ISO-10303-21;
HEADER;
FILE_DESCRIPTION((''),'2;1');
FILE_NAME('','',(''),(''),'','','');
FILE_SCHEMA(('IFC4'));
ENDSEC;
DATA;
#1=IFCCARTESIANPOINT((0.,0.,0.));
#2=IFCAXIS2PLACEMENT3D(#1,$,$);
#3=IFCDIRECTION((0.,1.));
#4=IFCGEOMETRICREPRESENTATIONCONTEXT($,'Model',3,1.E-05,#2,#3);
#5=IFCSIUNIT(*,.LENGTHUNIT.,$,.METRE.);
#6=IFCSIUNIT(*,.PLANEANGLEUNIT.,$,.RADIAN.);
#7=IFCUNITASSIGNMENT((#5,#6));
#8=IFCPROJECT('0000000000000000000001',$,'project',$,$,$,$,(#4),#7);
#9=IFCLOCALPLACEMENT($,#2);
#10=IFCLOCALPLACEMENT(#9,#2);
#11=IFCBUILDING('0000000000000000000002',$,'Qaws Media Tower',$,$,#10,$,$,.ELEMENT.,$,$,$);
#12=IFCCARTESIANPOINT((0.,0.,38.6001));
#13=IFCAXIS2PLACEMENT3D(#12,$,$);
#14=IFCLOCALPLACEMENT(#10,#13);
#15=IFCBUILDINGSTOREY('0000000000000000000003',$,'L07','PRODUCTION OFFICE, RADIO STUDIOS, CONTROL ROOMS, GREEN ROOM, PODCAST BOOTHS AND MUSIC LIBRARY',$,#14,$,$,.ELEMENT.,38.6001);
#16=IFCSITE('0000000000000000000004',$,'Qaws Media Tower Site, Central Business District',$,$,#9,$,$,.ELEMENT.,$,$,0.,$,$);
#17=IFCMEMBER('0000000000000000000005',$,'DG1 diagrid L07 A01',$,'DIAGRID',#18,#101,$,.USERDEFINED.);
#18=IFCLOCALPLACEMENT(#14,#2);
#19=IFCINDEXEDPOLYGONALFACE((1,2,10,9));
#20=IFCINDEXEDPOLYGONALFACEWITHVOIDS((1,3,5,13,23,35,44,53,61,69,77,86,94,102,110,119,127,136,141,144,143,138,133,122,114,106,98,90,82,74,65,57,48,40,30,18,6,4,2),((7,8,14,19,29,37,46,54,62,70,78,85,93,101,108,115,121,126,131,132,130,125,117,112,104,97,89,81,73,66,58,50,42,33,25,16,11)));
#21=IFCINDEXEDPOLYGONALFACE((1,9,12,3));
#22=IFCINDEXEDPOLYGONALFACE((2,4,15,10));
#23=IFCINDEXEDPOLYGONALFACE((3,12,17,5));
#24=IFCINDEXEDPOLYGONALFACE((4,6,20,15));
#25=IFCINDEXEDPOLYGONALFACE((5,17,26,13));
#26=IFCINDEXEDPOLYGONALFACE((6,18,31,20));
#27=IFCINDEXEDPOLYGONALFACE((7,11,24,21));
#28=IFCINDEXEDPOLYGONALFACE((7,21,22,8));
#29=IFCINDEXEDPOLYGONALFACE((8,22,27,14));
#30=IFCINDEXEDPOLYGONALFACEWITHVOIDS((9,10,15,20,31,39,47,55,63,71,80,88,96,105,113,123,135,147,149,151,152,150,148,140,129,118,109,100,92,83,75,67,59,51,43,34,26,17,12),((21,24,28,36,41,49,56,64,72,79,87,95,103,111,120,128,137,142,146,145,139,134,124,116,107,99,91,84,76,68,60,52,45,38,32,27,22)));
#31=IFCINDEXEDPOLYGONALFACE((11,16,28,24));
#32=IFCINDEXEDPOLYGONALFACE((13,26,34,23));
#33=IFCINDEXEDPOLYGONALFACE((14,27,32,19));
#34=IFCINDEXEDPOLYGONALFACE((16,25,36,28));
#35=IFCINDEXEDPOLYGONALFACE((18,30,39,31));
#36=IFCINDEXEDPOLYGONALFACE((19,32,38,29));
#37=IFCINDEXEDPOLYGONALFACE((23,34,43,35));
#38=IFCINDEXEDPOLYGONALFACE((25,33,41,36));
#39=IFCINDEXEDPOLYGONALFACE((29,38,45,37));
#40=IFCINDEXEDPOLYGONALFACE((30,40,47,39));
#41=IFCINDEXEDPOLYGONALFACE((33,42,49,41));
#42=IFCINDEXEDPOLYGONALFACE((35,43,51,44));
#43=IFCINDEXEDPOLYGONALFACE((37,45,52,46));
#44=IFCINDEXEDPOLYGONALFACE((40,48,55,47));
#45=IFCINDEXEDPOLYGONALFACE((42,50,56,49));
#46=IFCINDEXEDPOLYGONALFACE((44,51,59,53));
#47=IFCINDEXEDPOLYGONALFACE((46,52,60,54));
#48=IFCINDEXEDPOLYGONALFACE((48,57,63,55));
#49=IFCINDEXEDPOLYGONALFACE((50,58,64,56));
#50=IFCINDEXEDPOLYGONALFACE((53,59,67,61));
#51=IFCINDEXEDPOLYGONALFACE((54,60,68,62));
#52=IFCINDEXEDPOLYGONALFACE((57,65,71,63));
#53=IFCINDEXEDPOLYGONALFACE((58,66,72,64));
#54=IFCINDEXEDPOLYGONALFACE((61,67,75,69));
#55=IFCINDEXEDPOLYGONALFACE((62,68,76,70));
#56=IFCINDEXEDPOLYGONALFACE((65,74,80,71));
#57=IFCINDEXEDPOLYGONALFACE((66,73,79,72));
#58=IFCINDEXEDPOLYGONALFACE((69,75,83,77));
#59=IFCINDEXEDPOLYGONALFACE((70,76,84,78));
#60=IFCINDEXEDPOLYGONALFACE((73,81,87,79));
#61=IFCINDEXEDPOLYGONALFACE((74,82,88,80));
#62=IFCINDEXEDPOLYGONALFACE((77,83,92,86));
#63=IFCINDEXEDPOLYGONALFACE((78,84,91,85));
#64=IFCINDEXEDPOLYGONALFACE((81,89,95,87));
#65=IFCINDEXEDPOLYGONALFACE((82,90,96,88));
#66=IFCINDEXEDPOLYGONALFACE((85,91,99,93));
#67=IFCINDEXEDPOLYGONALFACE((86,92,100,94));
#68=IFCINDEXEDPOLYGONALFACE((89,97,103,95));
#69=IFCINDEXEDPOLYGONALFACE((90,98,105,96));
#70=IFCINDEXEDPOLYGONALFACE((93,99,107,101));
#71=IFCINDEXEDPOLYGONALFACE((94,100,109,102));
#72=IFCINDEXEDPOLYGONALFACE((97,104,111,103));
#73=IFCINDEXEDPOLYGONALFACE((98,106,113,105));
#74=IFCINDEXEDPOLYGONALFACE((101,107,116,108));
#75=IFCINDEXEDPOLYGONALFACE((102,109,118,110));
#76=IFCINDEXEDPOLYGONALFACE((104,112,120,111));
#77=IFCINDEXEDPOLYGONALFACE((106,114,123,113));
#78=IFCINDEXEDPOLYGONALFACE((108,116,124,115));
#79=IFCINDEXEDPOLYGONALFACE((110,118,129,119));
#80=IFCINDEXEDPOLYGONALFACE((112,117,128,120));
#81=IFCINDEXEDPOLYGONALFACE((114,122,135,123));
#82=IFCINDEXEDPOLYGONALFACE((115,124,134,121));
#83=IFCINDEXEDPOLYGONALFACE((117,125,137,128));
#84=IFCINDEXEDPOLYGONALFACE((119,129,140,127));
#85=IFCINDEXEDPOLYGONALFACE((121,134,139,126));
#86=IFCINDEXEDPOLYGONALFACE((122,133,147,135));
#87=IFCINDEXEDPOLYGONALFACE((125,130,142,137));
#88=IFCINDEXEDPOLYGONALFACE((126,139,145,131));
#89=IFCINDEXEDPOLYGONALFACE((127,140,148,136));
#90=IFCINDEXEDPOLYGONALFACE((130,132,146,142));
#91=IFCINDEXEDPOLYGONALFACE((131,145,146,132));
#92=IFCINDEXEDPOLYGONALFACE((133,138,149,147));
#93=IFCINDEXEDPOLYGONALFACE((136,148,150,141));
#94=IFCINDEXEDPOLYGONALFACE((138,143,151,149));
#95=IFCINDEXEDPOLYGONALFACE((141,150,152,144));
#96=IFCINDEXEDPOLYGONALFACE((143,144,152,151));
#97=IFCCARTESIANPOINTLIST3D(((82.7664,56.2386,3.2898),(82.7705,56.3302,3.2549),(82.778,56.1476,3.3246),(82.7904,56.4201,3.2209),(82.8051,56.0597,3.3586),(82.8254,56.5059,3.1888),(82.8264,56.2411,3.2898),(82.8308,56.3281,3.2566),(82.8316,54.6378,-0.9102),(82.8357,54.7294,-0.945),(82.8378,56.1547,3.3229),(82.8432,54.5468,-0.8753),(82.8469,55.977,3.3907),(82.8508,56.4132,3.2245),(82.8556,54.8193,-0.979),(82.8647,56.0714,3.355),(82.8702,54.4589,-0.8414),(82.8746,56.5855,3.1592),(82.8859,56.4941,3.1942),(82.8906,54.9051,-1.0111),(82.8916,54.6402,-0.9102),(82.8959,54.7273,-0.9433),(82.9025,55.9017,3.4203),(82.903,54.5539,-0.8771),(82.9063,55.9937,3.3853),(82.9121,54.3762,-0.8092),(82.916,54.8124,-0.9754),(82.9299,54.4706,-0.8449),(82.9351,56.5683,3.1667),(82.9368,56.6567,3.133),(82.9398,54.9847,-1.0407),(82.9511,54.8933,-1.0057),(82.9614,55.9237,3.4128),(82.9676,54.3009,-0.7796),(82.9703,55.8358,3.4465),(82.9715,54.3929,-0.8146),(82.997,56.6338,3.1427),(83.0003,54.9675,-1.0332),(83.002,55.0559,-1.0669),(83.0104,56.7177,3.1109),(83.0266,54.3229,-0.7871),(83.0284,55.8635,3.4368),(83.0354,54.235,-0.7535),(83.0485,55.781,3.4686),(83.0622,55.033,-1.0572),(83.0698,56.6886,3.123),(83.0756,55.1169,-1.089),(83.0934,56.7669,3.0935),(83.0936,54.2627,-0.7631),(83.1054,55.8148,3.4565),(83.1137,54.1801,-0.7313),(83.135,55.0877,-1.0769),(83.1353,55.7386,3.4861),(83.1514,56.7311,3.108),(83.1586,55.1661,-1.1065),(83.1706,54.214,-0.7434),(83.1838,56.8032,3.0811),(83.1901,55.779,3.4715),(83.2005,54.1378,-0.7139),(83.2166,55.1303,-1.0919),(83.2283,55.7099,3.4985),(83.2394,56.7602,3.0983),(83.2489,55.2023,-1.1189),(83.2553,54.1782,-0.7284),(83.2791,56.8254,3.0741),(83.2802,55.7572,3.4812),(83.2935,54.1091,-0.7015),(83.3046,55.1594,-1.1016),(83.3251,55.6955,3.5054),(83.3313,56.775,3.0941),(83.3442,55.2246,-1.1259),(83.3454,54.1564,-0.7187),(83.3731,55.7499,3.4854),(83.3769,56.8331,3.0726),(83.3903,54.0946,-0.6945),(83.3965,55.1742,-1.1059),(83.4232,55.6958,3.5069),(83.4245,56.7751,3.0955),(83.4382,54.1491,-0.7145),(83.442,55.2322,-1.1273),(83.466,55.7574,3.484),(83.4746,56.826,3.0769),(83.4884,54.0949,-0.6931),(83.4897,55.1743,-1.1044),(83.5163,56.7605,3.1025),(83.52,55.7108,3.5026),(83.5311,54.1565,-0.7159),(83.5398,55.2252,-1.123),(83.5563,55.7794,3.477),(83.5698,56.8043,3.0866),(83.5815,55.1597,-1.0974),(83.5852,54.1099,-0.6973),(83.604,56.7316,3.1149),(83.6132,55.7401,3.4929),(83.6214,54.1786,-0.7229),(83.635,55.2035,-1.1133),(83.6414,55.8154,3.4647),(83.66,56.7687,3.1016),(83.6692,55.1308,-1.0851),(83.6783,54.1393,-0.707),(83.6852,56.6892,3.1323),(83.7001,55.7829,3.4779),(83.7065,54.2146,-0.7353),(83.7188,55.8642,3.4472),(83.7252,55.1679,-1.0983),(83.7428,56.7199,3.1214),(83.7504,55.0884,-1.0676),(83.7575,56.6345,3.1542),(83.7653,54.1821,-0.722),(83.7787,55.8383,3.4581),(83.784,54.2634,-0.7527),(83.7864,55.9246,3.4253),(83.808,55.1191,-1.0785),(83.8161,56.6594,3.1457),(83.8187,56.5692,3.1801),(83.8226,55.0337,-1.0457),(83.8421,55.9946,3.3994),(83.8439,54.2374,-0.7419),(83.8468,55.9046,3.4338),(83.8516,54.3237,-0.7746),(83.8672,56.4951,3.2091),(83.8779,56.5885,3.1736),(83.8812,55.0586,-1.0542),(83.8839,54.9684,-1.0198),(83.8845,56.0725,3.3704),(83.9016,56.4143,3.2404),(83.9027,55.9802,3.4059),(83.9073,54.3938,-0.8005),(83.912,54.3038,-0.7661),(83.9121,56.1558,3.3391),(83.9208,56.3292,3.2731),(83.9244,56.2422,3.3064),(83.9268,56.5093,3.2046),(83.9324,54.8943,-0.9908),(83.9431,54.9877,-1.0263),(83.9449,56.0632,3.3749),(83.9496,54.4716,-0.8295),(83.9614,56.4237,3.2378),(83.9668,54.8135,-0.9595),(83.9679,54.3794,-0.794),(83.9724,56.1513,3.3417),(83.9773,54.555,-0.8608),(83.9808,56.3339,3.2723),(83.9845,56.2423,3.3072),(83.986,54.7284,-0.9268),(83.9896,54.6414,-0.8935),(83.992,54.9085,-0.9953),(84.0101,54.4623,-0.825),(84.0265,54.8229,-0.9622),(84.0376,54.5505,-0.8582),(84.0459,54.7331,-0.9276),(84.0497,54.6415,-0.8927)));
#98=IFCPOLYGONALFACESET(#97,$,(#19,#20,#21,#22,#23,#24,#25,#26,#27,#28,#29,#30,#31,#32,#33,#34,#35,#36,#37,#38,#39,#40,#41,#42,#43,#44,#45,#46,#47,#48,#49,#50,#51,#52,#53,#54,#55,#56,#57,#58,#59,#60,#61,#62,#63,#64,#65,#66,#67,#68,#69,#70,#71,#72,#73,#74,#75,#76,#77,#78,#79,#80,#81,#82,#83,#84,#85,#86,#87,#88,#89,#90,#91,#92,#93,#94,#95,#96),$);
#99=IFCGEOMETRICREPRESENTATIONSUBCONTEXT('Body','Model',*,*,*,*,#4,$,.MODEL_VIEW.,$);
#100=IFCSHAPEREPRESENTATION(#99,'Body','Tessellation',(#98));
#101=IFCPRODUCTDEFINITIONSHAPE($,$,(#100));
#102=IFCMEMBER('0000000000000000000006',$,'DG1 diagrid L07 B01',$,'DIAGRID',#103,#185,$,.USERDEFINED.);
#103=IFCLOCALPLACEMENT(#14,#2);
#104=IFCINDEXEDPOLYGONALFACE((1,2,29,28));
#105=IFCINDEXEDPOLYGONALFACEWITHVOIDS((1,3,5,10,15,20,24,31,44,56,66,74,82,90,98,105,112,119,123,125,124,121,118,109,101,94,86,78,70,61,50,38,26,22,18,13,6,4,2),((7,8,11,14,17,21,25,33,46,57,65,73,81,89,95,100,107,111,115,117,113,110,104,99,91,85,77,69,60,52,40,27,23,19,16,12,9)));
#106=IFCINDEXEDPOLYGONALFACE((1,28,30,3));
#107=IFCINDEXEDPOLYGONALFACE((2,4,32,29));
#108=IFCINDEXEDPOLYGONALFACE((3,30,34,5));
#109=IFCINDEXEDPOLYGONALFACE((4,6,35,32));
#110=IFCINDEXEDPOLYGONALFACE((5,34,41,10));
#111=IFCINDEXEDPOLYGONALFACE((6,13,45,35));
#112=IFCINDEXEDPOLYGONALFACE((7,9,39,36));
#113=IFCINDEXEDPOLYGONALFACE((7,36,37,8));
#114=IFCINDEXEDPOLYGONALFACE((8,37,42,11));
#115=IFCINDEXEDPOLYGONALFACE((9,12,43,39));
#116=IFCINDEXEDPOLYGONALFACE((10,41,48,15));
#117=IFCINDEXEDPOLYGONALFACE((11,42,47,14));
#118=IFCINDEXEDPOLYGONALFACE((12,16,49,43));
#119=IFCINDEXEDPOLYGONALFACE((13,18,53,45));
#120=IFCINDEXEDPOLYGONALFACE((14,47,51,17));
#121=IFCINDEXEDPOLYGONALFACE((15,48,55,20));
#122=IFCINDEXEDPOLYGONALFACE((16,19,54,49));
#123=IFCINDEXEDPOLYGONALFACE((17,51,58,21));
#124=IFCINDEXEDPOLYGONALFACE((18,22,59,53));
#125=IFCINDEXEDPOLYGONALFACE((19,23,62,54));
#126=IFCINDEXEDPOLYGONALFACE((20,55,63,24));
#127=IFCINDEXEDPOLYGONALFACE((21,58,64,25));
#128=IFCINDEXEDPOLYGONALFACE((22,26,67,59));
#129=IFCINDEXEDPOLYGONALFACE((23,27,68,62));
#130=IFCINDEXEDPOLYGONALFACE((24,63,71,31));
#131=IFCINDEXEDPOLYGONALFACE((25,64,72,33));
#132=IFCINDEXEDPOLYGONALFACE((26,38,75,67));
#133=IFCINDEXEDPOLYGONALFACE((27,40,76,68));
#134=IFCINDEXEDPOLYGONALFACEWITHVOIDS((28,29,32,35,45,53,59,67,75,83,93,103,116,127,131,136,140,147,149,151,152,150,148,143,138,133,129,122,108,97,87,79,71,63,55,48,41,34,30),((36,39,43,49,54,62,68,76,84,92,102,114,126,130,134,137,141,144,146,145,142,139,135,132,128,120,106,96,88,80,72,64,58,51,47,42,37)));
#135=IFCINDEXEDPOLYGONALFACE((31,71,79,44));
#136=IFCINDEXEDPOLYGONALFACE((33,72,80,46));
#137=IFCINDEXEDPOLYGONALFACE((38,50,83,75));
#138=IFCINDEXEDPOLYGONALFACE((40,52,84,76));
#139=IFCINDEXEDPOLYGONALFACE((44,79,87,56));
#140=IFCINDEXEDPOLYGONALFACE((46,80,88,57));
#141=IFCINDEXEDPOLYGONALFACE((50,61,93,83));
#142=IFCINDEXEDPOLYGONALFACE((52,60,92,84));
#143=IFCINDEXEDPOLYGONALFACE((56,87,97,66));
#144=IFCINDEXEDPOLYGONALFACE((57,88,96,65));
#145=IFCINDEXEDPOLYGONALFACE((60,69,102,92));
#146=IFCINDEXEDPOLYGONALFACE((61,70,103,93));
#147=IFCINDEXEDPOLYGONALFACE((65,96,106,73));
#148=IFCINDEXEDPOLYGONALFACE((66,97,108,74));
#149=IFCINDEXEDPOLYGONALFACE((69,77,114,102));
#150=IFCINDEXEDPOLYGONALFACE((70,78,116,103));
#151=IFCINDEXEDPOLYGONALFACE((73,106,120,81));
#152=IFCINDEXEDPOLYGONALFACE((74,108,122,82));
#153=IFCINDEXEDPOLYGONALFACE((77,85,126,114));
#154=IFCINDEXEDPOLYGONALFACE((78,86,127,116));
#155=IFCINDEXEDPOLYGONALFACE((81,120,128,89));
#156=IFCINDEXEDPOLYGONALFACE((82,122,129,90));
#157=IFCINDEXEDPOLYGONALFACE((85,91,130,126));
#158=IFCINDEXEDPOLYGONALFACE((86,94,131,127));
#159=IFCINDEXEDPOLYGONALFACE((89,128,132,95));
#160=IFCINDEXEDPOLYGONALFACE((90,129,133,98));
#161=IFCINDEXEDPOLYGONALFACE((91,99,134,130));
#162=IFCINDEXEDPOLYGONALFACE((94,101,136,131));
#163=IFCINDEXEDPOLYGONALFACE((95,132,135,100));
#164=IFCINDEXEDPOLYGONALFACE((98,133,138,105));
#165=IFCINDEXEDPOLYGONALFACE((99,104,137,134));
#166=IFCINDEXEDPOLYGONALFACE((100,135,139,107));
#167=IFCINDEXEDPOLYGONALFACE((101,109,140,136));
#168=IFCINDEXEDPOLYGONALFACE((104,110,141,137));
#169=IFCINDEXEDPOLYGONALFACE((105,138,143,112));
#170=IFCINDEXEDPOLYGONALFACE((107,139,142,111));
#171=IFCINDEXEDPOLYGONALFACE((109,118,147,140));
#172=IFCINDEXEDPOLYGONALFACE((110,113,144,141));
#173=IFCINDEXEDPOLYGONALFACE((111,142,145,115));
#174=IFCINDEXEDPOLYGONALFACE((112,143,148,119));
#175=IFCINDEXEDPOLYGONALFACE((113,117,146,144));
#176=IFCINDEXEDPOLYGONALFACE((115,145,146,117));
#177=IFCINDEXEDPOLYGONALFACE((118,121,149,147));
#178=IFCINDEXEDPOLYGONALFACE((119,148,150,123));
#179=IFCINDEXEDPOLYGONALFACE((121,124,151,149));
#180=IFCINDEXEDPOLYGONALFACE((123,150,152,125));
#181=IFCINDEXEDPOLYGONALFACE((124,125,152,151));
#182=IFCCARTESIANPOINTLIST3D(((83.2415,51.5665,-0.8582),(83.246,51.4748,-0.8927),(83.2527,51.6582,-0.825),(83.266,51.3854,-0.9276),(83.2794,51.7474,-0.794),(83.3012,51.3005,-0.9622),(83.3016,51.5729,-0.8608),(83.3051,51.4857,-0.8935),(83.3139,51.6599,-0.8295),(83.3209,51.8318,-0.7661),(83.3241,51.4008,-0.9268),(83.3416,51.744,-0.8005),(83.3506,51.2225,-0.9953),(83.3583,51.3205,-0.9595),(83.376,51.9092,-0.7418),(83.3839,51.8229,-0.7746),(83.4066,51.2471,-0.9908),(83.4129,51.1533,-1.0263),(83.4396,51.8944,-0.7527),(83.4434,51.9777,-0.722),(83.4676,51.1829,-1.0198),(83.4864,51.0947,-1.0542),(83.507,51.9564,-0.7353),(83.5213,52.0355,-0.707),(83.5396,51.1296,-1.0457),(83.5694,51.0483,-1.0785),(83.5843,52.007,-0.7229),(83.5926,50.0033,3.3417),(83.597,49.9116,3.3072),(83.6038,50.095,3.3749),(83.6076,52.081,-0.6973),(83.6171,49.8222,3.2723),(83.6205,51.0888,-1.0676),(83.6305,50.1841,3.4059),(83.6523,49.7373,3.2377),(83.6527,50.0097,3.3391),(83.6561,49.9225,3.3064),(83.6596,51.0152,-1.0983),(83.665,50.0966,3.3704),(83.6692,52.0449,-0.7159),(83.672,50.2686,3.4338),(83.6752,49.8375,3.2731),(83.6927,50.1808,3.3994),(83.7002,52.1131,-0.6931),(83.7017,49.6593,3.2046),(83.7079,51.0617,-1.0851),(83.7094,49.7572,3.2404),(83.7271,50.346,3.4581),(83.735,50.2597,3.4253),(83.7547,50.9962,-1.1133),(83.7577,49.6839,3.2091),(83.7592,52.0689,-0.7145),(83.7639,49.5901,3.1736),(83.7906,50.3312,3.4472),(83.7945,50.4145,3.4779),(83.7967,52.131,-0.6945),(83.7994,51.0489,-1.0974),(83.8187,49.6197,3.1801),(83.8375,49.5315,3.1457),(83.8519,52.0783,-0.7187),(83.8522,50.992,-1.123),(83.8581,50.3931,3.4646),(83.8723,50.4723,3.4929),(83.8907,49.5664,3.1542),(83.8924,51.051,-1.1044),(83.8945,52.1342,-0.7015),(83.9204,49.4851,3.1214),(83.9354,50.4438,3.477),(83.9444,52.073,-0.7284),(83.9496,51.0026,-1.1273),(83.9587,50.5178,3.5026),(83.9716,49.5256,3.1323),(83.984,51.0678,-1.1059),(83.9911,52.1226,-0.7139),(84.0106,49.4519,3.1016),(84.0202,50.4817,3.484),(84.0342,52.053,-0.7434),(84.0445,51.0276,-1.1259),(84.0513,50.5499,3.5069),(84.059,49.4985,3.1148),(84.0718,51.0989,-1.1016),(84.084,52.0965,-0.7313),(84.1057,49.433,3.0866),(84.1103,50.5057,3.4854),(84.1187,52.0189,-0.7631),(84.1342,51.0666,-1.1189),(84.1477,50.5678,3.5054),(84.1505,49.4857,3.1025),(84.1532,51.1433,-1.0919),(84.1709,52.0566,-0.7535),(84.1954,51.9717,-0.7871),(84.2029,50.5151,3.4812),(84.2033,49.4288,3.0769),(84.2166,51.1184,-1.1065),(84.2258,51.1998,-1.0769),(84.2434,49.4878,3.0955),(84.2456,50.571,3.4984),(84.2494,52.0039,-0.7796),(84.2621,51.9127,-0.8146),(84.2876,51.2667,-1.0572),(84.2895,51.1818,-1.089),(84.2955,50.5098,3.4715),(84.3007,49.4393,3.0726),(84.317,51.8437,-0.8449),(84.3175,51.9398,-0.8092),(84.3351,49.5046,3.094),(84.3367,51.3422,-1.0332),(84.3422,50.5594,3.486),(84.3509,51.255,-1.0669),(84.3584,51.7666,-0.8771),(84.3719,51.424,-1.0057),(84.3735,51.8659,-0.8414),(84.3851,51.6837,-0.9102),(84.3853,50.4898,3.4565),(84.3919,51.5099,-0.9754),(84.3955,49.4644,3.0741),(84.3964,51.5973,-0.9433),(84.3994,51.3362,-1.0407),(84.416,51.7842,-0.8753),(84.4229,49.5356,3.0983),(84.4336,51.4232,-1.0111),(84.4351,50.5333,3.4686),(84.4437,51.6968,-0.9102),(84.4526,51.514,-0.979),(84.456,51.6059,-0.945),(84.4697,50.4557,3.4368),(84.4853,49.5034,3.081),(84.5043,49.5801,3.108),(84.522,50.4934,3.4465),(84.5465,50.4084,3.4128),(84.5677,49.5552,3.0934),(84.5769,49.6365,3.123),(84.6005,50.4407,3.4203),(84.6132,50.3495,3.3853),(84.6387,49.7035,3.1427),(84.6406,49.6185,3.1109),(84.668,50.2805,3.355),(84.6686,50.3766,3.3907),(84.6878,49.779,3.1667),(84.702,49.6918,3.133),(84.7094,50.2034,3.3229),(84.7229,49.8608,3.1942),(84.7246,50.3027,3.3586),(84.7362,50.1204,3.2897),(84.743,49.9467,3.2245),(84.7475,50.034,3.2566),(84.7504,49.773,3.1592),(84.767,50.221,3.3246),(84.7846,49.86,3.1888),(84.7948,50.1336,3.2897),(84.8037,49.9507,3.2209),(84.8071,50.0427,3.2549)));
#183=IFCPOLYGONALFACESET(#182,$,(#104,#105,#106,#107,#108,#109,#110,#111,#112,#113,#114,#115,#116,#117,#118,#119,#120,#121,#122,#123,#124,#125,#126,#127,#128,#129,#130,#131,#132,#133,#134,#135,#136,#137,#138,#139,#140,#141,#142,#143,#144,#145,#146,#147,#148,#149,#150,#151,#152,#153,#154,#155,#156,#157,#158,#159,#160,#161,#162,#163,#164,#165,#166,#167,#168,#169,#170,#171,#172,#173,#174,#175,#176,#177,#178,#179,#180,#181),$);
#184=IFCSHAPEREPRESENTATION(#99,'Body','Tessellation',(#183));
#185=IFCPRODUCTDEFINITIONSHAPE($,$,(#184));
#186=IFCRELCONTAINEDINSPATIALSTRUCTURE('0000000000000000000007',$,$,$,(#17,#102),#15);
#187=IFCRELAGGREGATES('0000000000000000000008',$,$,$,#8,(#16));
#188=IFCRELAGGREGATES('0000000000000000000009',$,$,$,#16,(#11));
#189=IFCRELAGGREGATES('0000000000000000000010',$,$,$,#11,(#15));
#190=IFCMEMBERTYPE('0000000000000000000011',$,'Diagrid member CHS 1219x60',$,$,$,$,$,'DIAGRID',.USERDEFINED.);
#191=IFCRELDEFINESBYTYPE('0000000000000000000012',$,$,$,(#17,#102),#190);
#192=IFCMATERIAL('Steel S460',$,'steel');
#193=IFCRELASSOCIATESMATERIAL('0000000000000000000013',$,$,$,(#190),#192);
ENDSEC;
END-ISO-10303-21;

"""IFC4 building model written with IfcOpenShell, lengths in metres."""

from ifc_helpers import new_model, si_unit, direction, frame, origin, origin_2d, place, context, subcontext, project, spatial, hollow_circle, extrude, material, material_profile, profile_set, type_object, element, save


model = new_model("IFC4")

# Units and contexts
model_context = context("Model", 3, precision=1e-05, world=origin(), true_north=direction((0.0, 1.0)))
body_context = subcontext(model_context, "Body", "Model", "MODEL_VIEW")
ifc_project = project(units=[si_unit("LENGTHUNIT", "METRE"), si_unit("PLANEANGLEUNIT", "RADIAN")], contexts=[model_context])

# Site, building, storey
site_placement = place(None, origin())
site = spatial("IfcSite", under=ifc_project, at=site_placement, Name="Qaws Media Tower Site, Central Business District", CompositionType="ELEMENT", RefElevation=0.0)
building_placement = place(site_placement, origin())
building = spatial("IfcBuilding", under=site, at=building_placement, Name="Qaws Media Tower", CompositionType="ELEMENT")
storey_placement = place(building_placement, frame((0.0, 0.0, 38.6001)))
storey = spatial("IfcBuildingStorey", under=building, at=storey_placement, Name="L07", Description="PRODUCTION OFFICE, RADIO STUDIOS, CONTROL ROOMS, GREEN ROOM, PODCAST BOOTHS AND MUSIC LIBRARY", CompositionType="ELEMENT", Elevation=38.6001)

# Members
ifc_material_1 = material(Name="Steel S460", Category="steel")
ifc_material_profile_1 = material_profile(ifc_material_1, hollow_circle(Radius=0.6096, WallThickness=0.0601, at=origin_2d()), Name="CHS 1219x60")
ifc_profile_set_1 = profile_set([ifc_material_profile_1], Name="Steel S460")
member_type_1 = type_object("IfcMemberType", Name="Diagrid member CHS 1219x60", ElementType="DIAGRID", PredefinedType="USERDEFINED", material=ifc_profile_set_1)
for number, where, z_axis, x_axis, name in (
    (1, (83.4407, 54.6626, -0.9102), (-0.014501, 0.356123, 0.934327), (-0.999172, -0.040686, 0.0), "DG1 diagrid L07 A01"),
    (2, (83.8489, 51.5632, -0.9102), (0.0781, -0.347758, 0.934326), (0.975697, 0.219124, 0.0), "DG1 diagrid L07 B01"),
):
    element("IfcMember", number, at=place(storey_placement, frame(where, z_axis=z_axis, x_axis=x_axis)), inside=storey, type_object=member_type_1, Name=name, ObjectType="DIAGRID", PredefinedType="USERDEFINED", context=body_context, shape_type="SweptSolid", body=[
        extrude(hollow_circle(Radius=0.6096, WallThickness=0.0601, at=origin_2d()), origin(), (0.0, 0.0, 1.0), 4.4951),
    ])

save(model, "model.ifc")
